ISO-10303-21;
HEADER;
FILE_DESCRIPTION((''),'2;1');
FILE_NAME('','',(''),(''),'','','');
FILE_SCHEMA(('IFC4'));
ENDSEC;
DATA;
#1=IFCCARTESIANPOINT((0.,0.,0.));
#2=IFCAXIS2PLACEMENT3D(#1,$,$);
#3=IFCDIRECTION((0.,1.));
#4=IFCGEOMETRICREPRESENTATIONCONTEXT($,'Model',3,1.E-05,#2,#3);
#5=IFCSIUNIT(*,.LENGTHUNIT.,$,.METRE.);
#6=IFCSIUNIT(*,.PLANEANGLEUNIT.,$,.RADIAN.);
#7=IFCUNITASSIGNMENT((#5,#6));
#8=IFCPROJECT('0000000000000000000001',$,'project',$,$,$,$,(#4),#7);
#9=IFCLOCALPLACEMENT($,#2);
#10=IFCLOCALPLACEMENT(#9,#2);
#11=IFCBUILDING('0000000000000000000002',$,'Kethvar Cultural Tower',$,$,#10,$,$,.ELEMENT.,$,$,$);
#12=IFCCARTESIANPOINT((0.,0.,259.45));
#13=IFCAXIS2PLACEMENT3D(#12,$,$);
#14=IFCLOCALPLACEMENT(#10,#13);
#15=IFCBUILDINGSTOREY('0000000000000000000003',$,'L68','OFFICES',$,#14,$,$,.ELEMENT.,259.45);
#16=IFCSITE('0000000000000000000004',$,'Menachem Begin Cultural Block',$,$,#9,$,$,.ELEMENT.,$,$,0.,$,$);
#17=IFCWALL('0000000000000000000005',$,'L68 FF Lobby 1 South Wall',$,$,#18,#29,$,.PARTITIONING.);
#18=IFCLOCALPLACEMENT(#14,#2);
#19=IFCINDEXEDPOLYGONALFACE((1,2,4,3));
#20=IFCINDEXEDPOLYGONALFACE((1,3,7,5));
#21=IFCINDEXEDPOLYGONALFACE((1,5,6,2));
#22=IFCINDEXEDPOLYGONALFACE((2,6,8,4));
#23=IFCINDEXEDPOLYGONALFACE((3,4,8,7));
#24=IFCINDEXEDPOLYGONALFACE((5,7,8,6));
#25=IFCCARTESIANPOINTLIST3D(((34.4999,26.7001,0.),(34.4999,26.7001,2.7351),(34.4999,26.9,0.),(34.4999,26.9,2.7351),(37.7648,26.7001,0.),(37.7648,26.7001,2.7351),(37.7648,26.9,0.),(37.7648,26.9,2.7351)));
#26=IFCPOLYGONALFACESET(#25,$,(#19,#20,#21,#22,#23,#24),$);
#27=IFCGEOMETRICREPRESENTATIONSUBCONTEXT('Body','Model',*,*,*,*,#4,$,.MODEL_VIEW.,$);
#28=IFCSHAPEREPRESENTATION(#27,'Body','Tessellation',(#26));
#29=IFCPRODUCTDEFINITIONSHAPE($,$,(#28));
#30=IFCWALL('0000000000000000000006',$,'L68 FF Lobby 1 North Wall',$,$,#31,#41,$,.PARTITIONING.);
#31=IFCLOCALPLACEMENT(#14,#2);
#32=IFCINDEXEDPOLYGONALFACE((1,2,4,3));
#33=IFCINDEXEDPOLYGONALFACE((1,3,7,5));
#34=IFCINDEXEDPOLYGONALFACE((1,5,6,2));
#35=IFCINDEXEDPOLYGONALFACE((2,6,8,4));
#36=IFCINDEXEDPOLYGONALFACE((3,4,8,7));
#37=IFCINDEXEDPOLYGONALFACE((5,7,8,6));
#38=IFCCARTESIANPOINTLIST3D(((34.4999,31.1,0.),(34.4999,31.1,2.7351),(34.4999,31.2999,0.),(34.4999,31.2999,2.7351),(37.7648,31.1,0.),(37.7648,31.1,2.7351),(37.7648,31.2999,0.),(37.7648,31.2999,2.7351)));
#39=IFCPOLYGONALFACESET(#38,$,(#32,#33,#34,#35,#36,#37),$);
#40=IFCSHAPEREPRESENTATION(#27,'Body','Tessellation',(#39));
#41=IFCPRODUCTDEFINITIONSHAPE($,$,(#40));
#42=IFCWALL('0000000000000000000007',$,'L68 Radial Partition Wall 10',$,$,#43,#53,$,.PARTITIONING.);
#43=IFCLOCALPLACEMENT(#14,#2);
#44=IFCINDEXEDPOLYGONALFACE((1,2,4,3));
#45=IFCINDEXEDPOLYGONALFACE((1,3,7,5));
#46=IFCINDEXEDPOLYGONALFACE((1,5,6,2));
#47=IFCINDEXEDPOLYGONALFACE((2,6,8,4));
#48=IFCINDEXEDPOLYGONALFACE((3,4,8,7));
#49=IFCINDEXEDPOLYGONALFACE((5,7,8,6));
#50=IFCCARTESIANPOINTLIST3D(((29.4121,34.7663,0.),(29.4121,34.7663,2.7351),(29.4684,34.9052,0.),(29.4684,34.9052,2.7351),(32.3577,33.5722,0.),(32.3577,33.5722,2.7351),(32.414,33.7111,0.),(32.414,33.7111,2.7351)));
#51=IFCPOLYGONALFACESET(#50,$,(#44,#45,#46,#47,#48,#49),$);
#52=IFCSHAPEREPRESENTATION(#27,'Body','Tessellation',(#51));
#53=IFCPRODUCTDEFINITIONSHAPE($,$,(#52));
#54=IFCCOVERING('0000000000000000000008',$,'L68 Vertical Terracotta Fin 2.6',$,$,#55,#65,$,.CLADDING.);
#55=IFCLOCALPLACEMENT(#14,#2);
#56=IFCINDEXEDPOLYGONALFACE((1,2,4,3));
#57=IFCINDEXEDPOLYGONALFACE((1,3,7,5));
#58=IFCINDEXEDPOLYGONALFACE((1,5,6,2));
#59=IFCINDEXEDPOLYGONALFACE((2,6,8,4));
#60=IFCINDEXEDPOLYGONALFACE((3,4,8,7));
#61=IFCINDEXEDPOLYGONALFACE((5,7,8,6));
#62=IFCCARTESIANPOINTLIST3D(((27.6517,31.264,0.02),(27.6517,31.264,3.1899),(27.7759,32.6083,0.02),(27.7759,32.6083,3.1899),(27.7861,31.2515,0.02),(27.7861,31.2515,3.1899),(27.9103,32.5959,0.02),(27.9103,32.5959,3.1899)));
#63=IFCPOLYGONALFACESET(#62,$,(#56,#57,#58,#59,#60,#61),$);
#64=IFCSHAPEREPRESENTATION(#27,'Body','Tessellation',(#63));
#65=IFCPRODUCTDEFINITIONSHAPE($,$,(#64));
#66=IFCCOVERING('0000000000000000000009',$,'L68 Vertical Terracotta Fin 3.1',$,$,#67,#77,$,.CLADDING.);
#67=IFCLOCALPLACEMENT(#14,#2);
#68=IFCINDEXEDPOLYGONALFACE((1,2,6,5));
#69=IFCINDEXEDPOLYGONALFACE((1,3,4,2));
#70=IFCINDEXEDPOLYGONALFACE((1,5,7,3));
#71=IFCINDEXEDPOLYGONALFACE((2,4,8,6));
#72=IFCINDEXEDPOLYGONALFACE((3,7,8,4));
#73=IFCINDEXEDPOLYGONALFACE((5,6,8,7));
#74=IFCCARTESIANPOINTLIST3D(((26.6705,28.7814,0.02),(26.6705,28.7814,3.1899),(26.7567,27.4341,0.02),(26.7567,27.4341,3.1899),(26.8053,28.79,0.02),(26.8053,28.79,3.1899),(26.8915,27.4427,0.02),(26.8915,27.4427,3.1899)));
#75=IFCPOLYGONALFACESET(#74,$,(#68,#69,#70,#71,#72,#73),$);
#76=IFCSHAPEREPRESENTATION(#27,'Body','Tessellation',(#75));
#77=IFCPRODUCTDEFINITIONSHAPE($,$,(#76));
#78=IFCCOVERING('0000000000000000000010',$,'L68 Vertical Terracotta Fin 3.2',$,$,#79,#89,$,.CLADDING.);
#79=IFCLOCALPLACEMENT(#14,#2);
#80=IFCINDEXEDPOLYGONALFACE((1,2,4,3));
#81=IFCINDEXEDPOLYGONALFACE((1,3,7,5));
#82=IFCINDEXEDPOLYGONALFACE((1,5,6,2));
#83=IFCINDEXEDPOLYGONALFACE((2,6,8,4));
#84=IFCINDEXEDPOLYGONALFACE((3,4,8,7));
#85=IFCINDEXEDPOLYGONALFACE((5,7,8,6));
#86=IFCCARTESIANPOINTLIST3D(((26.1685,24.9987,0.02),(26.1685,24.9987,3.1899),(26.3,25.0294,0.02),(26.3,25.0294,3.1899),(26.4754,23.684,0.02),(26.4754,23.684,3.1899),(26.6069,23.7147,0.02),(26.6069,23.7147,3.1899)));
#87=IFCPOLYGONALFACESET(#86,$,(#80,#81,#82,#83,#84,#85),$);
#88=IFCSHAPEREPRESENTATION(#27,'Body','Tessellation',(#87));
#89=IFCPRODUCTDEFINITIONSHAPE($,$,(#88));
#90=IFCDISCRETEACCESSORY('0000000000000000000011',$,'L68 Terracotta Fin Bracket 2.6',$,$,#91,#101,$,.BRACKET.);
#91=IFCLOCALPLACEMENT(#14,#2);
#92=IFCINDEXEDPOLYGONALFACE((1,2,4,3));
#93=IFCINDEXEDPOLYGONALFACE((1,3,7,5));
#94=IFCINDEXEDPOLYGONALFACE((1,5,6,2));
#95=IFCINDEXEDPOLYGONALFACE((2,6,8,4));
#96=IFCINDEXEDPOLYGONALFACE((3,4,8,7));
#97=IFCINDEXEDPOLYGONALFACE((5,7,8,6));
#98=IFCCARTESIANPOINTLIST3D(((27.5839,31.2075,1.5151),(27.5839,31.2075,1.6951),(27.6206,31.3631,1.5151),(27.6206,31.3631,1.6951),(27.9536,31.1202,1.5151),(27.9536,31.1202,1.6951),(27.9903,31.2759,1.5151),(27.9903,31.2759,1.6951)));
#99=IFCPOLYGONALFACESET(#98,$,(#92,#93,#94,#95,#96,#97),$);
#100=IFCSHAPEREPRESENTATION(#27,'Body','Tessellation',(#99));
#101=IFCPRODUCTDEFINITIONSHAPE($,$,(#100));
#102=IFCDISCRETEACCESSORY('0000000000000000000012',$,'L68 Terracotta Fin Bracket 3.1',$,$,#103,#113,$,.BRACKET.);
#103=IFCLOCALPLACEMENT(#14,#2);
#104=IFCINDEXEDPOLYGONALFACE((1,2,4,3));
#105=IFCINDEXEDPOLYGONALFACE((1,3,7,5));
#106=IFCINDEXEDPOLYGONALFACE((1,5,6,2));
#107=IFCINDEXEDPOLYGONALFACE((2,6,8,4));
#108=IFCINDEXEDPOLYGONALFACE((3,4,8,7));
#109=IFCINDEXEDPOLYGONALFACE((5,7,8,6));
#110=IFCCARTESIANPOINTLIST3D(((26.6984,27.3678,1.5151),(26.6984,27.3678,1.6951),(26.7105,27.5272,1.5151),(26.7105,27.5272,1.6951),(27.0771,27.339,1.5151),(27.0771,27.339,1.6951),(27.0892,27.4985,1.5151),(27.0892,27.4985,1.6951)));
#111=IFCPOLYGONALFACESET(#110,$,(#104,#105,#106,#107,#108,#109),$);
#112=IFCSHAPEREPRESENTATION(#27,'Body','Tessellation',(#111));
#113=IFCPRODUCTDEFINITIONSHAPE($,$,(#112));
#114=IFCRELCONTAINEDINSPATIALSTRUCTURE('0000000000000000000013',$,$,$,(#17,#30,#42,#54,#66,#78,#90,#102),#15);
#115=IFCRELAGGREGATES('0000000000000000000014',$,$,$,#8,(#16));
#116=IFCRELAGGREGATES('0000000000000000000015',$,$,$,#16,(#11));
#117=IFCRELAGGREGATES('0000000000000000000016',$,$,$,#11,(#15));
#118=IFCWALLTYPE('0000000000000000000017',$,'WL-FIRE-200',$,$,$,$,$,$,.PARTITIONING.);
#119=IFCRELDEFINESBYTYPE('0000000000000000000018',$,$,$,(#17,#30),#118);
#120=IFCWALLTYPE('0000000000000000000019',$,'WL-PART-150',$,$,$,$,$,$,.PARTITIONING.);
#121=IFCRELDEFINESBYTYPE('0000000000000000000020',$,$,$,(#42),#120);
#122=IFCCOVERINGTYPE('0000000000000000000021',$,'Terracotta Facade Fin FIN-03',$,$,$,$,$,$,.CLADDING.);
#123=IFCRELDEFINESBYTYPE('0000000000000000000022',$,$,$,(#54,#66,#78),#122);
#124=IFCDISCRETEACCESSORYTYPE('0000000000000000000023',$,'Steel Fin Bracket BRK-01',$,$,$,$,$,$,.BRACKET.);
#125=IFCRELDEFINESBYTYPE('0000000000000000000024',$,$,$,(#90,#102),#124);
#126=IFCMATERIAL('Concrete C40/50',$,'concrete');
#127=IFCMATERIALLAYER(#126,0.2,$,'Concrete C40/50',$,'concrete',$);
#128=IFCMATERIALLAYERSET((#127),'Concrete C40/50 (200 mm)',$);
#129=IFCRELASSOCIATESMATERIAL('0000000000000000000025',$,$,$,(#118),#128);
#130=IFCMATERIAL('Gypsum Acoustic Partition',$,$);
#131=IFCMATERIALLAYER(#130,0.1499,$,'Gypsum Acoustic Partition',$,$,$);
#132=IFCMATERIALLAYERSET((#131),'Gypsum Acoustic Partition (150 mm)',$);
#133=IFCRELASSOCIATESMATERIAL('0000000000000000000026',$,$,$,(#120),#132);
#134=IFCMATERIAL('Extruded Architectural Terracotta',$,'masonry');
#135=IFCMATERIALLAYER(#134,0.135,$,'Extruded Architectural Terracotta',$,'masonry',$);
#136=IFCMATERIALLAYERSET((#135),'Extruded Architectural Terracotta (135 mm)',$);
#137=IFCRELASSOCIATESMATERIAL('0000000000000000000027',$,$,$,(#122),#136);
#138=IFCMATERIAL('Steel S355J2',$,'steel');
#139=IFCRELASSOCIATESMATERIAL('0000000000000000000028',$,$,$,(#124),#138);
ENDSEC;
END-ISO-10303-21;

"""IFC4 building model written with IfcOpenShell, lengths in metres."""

from ifc_helpers import new_model, si_unit, direction, frame, frame_2d, origin, origin_2d, place, context, subcontext, project, spatial, rectangle, extrude, source, transform, mapped, material, layer, layer_set, type_object, element, save


model = new_model("IFC4")

# Units and contexts
model_context = context("Model", 3, precision=1e-05, world=origin(), true_north=direction((0.0, 1.0)))
body_context = subcontext(model_context, "Body", "Model", "MODEL_VIEW")
ifc_project = project(units=[si_unit("LENGTHUNIT", "METRE"), si_unit("PLANEANGLEUNIT", "RADIAN")], contexts=[model_context])

# Site, building, storey
site_placement = place(None, origin())
site = spatial("IfcSite", under=ifc_project, at=site_placement, Name="Menachem Begin Cultural Block", CompositionType="ELEMENT", RefElevation=0.0)
building_placement = place(site_placement, origin())
building = spatial("IfcBuilding", under=site, at=building_placement, Name="Kethvar Cultural Tower", CompositionType="ELEMENT")
storey_placement = place(building_placement, frame((0.0, 0.0, 259.45)))
storey = spatial("IfcBuildingStorey", under=building, at=storey_placement, Name="L68", Description="OFFICES", CompositionType="ELEMENT", Elevation=259.45)

# Shared definitions
ifc_material_1 = material(Name="Steel S355J2", Category="steel")

# Shared definitions
ifc_material_2 = material(Name="Concrete C40/50", Category="concrete")
ifc_layer_1 = layer(ifc_material_2, 0.2, Name="Concrete C40/50", Category="concrete")
ifc_layer_set_1 = layer_set([ifc_layer_1], Name="Concrete C40/50 (200 mm)")
wall_type_1 = type_object("IfcWallType", Name="WL-FIRE-200", PredefinedType="PARTITIONING", material=ifc_layer_set_1)

# Walls
for number, where, z_axis, x_axis, name in (
    (1, (34.5, 26.8, 0.0), (0.0, 0.0, 1.0), (1.0, 0.0, 0.0), "L68 FF Lobby 1 South Wall"),
    (2, (34.5, 31.2, 0.0), (0.0, 0.0, 1.0), (1.0, 0.0, 0.0), "L68 FF Lobby 1 North Wall"),
):
    element("IfcWall", number, at=place(storey_placement, frame(where, z_axis=z_axis, x_axis=x_axis)), inside=storey, type_object=wall_type_1, Name=name, PredefinedType="PARTITIONING", context=body_context, shape_type="SweptSolid", body=[
        extrude(rectangle(XDim=3.2649, YDim=0.2, at=frame_2d((1.6323, 0.0))), origin(), (0.0, 0.0, 1.0), 2.7351),
    ])
ifc_material_3 = material(Name="Gypsum Acoustic Partition")
ifc_layer_2 = layer(ifc_material_3, 0.1499, Name="Gypsum Acoustic Partition")
ifc_layer_set_2 = layer_set([ifc_layer_2], Name="Gypsum Acoustic Partition (150 mm)")
wall_type_2 = type_object("IfcWallType", Name="WL-PART-150", PredefinedType="PARTITIONING", material=ifc_layer_set_2)
wall_1_placement = place(storey_placement, frame((32.386, 33.6416, 0.0), z_axis=(0.0, 0.0, 1.0), x_axis=(-0.926745, 0.375691, 0.0)))
element("IfcWall", 3, at=wall_1_placement, inside=storey, type_object=wall_type_2, Name="L68 Radial Partition Wall 10", PredefinedType="PARTITIONING", context=body_context, shape_type="SweptSolid", body=[
    extrude(rectangle(XDim=3.1785, YDim=0.1499, at=frame_2d((1.5894, 0.0))), origin(), (0.0, 0.0, 1.0), 2.7351),
])

# Coverings
ifc_material_4 = material(Name="Extruded Architectural Terracotta", Category="masonry")
ifc_layer_3 = layer(ifc_material_4, 0.135, Name="Extruded Architectural Terracotta", Category="masonry")
ifc_layer_set_3 = layer_set([ifc_layer_3], Name="Extruded Architectural Terracotta (135 mm)")
covering_type = type_object("IfcCoveringType", Name="Terracotta Facade Fin FIN-03", PredefinedType="CLADDING", material=ifc_layer_set_3)
shared_shape_1 = source(origin(), body_context, "Body", "SweptSolid", [
    extrude(rectangle(XDim=1.3501, YDim=0.135, at=origin_2d()), origin(), (0.0, 0.0, 1.0), 3.1699),
])
for number, where, z_axis, x_axis, name in (
    (4, (27.781, 31.9299, 0.02), (0.0, 0.0, 1.0), (0.092023, 0.995757, 0.0), "L68 Vertical Terracotta Fin 2.6"),
    (5, (26.781, 28.1121, 0.02), (0.0, 0.0, 1.0), (-0.063836, 0.99796, 0.0), "L68 Vertical Terracotta Fin 3.1"),
    (6, (26.3877, 24.3567, 0.02), (0.0, 0.0, 1.0), (-0.227331, 0.973817, 0.0), "L68 Vertical Terracotta Fin 3.2"),
):
    element("IfcCovering", number, at=place(storey_placement, frame(where, z_axis=z_axis, x_axis=x_axis)), inside=storey, type_object=covering_type, Name=name, PredefinedType="CLADDING", context=body_context, shape_type="MappedRepresentation", body=[
        mapped(shared_shape_1, transform((0.0, 0.0, 0.0), scale=1.0)),
    ])

# Discrete accessories
discrete_accessory_type = type_object("IfcDiscreteAccessoryType", Name="Steel Fin Bracket BRK-01", PredefinedType="BRACKET", material=ifc_material_1)
shared_shape_2 = source(origin(), body_context, "Body", "SweptSolid", [
    extrude(rectangle(XDim=0.3799, YDim=0.1599, at=origin_2d()), origin(), (0.0, 0.0, 1.0), 0.1799),
])
for number, where, z_axis, x_axis, name in (
    (7, (27.7871, 31.2417, 1.5151), (0.0, 0.0, 1.0), (-0.973259, 0.22971, 0.0), "L68 Terracotta Fin Bracket 2.6"),
    (8, (26.8938, 27.4331, 1.5151), (0.0, 0.0, 1.0), (-0.997133, 0.075675, 0.0), "L68 Terracotta Fin Bracket 3.1"),
):
    element("IfcDiscreteAccessory", number, at=place(storey_placement, frame(where, z_axis=z_axis, x_axis=x_axis)), inside=storey, type_object=discrete_accessory_type, Name=name, PredefinedType="BRACKET", context=body_context, shape_type="MappedRepresentation", body=[
        mapped(shared_shape_2, transform((0.0, 0.0, 0.0), scale=1.0)),
    ])

save(model, "model.ifc")
